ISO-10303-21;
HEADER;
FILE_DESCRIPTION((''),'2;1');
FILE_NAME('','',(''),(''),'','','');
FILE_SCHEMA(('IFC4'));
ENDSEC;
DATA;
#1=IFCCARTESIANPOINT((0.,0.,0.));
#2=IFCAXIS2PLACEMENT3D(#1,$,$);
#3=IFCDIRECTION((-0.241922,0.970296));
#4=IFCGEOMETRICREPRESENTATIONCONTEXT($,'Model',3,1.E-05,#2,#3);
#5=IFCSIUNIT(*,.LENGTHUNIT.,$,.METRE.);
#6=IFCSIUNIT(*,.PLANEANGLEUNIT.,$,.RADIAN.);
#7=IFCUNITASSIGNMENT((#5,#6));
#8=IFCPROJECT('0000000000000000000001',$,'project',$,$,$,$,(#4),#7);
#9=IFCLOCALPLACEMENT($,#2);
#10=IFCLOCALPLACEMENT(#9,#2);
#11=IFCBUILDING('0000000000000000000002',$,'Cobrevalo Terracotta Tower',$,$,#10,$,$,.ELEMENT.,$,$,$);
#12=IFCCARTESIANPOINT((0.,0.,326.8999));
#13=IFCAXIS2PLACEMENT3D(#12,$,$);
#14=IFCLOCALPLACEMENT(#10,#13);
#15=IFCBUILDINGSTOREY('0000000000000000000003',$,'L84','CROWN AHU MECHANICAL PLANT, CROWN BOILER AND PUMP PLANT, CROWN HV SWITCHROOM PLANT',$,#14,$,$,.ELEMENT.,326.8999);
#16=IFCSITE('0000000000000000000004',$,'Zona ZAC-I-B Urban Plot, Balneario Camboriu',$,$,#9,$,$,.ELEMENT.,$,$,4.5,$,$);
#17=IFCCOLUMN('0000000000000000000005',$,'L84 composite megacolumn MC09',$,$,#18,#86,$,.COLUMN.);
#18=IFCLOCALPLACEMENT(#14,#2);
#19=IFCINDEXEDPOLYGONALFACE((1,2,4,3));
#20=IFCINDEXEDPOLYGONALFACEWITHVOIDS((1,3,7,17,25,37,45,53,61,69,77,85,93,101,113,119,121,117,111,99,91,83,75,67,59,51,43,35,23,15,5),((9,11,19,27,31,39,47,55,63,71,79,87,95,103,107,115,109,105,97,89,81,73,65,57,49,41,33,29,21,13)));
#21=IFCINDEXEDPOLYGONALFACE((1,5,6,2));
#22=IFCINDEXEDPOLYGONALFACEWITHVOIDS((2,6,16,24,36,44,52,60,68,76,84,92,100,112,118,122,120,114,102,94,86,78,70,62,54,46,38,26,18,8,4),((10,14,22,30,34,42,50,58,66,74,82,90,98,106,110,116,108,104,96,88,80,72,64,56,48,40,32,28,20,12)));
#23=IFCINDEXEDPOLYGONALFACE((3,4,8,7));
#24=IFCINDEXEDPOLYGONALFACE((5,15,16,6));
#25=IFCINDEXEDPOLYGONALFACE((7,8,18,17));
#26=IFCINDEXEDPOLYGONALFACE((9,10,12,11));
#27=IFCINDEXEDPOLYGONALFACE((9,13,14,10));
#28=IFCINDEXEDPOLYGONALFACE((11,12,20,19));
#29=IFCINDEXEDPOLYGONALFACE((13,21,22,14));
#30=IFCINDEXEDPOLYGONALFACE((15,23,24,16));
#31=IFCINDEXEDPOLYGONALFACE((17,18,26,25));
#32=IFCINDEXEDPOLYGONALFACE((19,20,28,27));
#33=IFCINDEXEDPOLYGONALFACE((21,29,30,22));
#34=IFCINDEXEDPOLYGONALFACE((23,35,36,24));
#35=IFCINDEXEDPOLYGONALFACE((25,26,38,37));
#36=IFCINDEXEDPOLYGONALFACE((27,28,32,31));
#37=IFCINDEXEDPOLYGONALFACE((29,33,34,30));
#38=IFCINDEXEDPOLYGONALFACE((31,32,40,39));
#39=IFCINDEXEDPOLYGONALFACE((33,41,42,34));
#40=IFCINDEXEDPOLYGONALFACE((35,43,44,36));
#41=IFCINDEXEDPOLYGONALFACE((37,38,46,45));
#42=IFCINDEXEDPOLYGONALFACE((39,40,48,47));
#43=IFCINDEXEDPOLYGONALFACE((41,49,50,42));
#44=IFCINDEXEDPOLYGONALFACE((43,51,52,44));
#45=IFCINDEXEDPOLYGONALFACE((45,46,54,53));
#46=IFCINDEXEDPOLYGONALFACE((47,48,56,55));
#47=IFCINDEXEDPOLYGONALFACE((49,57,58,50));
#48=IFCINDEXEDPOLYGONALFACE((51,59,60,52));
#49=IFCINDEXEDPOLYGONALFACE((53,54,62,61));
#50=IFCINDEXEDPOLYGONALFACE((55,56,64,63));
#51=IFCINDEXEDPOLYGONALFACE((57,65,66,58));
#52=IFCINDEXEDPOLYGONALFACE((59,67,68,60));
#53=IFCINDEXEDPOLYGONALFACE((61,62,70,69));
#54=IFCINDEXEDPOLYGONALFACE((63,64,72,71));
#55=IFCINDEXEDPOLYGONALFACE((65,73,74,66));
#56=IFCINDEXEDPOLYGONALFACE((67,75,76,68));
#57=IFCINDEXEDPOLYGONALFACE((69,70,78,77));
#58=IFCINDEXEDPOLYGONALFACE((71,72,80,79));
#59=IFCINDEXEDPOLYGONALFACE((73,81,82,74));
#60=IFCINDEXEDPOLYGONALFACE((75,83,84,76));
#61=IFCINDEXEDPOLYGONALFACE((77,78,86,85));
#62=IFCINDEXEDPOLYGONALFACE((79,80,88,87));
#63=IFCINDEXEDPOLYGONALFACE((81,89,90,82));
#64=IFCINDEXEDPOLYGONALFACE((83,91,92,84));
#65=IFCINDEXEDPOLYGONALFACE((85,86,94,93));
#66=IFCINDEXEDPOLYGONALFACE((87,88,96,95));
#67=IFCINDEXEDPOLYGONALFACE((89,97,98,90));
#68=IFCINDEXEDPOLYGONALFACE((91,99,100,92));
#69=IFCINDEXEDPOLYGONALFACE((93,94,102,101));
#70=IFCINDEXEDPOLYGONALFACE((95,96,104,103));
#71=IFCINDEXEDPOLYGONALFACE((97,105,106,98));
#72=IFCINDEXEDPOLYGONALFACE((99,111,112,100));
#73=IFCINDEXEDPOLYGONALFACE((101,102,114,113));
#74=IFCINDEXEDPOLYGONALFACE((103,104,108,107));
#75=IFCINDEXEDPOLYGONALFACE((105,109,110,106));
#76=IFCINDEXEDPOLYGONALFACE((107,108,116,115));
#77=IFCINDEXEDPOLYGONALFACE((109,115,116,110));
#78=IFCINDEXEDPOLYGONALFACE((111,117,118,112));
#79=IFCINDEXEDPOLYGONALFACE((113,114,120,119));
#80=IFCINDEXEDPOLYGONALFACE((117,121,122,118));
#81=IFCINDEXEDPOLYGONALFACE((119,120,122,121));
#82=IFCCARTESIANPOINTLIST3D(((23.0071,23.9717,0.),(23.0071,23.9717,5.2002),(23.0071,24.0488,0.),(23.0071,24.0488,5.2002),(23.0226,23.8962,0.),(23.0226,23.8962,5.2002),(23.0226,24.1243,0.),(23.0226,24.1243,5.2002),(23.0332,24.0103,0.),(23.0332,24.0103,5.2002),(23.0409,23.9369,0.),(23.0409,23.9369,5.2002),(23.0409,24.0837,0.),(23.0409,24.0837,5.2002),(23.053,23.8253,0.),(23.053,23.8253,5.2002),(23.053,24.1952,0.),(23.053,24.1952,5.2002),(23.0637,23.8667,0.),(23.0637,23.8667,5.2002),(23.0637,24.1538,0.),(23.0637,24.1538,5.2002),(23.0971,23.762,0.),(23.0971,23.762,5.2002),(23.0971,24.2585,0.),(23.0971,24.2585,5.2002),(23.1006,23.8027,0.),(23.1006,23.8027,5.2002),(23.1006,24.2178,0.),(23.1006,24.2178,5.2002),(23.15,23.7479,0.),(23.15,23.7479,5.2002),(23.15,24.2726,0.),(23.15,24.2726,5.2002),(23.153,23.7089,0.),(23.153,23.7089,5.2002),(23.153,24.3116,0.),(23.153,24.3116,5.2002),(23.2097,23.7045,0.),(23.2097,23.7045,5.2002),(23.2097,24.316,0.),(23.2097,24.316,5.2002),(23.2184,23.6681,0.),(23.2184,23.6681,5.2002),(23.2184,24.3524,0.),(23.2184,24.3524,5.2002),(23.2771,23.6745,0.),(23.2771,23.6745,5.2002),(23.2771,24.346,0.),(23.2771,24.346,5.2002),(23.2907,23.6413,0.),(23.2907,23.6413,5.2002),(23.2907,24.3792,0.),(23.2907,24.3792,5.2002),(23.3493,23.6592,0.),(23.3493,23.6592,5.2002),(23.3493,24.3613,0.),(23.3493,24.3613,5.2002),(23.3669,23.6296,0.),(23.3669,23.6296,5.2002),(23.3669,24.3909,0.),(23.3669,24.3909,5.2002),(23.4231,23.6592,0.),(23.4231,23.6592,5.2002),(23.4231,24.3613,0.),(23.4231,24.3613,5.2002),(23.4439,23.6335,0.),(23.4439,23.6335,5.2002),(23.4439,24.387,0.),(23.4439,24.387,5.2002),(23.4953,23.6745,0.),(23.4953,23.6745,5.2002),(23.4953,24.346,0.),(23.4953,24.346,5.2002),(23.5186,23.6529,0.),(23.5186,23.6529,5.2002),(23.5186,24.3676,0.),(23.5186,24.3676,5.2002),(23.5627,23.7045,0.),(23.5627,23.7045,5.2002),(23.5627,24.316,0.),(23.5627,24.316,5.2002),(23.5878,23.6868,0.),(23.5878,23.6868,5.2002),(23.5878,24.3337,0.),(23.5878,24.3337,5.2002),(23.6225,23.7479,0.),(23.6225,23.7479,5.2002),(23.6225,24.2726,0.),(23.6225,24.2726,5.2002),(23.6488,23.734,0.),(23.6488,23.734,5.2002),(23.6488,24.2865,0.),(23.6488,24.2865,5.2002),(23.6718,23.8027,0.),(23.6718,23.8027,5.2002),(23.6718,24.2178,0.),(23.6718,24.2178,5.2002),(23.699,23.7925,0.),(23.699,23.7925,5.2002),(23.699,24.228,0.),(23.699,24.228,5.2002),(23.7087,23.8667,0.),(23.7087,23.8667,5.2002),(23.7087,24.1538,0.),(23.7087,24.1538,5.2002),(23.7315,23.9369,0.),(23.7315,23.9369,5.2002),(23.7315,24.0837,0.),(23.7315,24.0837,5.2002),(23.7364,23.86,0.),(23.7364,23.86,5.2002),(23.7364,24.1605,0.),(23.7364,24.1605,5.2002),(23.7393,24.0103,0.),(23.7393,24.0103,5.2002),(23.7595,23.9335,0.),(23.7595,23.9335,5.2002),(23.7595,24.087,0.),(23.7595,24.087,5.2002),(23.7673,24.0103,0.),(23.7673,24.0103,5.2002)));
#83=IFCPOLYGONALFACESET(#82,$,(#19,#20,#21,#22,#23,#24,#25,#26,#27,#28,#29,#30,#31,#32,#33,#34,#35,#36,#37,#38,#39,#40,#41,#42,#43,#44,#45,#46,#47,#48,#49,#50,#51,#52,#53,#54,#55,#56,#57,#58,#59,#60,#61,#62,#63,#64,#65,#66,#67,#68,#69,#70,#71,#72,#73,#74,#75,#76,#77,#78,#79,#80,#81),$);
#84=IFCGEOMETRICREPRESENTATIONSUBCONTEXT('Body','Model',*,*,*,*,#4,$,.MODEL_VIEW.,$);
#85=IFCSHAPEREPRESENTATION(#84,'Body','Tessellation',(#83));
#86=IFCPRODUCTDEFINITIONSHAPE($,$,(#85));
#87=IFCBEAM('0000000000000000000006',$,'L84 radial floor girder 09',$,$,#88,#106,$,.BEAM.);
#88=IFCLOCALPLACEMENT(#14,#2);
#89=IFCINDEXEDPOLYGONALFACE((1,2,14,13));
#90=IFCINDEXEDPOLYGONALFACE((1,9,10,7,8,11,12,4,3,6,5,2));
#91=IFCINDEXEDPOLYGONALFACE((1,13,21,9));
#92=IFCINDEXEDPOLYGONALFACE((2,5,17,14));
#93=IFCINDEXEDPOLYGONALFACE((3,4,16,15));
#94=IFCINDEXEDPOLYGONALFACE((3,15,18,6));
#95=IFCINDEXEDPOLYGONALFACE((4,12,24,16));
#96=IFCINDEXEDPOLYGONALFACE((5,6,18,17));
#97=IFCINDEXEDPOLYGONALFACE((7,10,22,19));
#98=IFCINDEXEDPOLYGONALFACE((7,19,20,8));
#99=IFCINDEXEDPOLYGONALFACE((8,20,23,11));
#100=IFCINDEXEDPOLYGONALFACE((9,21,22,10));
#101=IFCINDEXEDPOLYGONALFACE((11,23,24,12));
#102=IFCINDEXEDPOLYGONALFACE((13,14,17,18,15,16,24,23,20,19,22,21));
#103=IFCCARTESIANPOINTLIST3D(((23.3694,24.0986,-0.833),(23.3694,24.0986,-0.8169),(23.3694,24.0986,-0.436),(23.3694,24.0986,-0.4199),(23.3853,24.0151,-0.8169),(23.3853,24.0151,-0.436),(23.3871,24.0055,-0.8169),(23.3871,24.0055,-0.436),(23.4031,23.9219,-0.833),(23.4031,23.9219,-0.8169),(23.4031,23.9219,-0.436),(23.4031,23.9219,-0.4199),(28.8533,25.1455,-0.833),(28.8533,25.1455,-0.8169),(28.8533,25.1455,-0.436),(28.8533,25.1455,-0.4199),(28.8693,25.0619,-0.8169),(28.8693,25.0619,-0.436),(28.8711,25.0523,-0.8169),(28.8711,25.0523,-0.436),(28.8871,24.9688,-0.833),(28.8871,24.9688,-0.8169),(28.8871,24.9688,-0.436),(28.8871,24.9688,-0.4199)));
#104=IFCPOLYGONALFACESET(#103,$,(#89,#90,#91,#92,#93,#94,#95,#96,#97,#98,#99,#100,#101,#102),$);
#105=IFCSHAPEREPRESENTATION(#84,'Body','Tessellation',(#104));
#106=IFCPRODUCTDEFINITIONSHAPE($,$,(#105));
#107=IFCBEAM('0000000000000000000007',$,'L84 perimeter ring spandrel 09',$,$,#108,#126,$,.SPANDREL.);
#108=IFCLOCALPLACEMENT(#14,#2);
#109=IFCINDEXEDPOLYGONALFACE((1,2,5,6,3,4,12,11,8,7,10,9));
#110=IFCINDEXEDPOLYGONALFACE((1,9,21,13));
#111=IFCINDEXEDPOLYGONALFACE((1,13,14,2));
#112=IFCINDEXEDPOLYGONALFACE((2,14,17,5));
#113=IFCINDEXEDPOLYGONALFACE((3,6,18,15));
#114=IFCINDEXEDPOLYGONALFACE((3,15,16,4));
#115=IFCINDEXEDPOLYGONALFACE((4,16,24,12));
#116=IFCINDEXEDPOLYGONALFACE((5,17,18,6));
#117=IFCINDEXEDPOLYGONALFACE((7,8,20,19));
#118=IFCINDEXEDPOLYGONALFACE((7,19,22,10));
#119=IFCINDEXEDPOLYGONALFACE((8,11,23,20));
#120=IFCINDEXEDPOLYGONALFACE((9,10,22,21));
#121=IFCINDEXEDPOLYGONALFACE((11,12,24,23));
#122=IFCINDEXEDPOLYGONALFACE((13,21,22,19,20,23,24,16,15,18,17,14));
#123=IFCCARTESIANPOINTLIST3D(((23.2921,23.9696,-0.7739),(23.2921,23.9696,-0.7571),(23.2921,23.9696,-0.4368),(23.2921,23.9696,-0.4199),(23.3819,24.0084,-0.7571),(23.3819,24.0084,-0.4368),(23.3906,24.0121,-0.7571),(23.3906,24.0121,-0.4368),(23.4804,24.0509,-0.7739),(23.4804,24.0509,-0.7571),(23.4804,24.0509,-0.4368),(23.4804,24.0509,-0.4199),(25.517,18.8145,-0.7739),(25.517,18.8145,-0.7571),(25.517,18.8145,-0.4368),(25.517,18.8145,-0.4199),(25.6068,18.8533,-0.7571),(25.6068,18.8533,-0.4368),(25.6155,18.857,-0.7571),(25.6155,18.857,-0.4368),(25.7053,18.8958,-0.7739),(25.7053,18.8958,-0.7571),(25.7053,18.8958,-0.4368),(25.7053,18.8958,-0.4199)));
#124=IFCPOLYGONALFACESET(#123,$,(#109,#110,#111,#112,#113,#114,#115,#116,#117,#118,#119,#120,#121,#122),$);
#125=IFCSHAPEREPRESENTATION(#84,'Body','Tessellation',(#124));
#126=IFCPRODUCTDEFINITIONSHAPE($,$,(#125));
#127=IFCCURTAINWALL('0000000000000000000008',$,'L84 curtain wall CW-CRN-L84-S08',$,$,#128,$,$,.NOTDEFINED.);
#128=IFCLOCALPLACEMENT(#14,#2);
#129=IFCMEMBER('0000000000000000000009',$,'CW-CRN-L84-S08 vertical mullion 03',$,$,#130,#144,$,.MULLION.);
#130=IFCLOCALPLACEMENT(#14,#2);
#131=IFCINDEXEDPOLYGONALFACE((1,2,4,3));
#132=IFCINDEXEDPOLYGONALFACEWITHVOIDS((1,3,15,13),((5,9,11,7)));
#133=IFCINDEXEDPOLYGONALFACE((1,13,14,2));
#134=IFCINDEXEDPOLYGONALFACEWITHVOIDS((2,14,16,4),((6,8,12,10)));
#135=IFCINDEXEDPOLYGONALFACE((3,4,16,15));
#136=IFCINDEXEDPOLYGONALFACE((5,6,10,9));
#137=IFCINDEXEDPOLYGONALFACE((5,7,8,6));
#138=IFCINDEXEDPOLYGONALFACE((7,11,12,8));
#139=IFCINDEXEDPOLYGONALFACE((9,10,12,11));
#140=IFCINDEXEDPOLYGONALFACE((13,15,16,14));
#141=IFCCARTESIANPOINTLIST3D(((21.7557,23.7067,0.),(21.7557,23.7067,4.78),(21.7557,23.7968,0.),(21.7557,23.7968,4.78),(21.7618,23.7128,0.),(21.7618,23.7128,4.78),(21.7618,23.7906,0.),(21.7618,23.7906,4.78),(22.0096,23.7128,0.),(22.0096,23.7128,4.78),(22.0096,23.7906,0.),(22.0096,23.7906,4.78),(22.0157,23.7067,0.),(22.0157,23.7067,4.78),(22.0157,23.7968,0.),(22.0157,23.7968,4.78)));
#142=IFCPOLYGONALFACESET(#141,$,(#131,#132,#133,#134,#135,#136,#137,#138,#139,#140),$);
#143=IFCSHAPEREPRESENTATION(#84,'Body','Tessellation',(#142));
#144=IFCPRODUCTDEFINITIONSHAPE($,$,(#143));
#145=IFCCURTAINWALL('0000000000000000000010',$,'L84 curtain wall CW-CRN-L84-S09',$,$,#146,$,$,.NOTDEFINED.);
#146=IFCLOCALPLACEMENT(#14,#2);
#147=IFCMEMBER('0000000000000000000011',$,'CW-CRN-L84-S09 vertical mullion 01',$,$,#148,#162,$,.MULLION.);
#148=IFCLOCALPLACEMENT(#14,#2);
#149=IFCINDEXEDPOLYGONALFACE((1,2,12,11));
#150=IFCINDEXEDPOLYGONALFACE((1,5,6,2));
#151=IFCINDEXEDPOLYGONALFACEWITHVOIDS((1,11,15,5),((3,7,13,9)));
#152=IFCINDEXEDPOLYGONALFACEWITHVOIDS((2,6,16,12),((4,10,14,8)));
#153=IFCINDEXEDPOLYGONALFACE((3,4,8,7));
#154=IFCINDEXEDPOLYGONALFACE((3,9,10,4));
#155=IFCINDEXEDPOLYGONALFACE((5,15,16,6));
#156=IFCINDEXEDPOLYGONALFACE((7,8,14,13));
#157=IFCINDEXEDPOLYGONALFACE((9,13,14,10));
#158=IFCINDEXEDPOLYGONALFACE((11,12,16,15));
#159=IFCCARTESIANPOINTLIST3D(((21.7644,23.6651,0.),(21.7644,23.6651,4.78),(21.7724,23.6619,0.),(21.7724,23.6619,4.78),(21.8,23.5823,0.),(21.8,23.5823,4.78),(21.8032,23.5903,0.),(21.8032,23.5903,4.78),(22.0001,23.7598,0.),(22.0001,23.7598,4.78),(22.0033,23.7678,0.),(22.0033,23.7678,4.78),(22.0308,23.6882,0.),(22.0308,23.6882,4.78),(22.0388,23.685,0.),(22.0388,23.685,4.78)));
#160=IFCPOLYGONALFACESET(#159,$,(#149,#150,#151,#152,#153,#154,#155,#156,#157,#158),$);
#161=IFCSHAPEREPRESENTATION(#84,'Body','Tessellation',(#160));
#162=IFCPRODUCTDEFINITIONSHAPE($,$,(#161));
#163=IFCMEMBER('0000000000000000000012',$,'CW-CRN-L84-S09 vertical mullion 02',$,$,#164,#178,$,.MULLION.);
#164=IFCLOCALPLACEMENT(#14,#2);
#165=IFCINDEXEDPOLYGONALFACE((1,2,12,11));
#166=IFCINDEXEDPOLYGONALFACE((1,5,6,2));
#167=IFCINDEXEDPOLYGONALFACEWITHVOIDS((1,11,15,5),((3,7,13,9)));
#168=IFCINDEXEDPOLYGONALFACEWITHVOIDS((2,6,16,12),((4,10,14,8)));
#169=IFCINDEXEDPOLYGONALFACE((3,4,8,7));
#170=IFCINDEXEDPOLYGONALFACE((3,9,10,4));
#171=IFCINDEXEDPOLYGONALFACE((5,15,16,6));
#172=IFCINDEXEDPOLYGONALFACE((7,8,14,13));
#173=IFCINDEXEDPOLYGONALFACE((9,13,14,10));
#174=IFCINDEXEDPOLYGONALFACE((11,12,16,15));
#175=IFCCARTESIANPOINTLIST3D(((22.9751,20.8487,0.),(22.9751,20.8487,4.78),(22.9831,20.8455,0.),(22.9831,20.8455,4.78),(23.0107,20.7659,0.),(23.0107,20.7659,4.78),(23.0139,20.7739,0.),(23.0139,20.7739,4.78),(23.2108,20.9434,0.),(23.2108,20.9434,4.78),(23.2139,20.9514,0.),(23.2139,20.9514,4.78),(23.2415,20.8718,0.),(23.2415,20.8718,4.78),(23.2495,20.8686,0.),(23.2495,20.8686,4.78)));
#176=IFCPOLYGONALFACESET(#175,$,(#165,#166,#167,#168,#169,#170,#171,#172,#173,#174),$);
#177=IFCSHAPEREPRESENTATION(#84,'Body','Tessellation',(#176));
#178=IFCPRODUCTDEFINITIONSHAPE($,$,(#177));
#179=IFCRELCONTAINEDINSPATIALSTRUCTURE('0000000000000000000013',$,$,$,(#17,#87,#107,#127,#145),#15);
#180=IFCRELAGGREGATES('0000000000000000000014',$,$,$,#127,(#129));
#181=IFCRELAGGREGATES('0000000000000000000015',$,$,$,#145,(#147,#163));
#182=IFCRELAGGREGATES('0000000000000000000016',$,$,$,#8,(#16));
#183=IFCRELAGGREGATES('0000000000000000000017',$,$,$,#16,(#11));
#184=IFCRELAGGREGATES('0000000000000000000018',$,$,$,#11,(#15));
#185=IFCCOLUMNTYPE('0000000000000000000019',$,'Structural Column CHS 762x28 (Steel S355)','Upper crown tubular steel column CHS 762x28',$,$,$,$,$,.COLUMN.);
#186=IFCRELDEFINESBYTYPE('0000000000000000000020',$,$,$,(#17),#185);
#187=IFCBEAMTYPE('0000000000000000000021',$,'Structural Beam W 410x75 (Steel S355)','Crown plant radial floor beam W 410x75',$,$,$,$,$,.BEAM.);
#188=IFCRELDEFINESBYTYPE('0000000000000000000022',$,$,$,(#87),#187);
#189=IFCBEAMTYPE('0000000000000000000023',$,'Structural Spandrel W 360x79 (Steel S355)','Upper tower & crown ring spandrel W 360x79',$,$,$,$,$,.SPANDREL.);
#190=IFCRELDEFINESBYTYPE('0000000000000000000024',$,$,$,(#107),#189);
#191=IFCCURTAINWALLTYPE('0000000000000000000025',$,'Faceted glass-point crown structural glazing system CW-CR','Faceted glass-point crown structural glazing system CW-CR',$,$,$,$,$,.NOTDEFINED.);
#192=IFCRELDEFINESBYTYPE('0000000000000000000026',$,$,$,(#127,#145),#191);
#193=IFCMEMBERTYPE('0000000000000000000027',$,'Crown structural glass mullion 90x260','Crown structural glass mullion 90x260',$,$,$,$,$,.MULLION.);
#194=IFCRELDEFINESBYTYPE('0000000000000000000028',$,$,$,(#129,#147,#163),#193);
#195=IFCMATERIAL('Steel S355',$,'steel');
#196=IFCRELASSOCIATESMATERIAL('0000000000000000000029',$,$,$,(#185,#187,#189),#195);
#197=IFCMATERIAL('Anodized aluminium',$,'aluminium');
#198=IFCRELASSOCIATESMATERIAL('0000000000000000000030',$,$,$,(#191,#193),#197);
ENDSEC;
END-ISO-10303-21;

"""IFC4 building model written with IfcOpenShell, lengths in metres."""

from ifc_helpers import new_model, si_unit, direction, frame, origin, origin_2d, place, context, subcontext, project, spatial, hollow_rectangle, hollow_circle, i_section, extrude, source, transform, mapped, material, material_profile, profile_set, type_object, element, aggregate, save


model = new_model("IFC4")

# Units and contexts
model_context = context("Model", 3, precision=1e-05, world=origin(), true_north=direction((-0.241922, 0.970296)))
body_context = subcontext(model_context, "Body", "Model", "MODEL_VIEW")
ifc_project = project(units=[si_unit("LENGTHUNIT", "METRE"), si_unit("PLANEANGLEUNIT", "RADIAN")], contexts=[model_context])

# Site, building, storey
site_placement = place(None, origin())
site = spatial("IfcSite", under=ifc_project, at=site_placement, Name="Zona ZAC-I-B Urban Plot, Balneario Camboriu", CompositionType="ELEMENT", RefElevation=4.5)
building_placement = place(site_placement, origin())
building = spatial("IfcBuilding", under=site, at=building_placement, Name="Cobrevalo Terracotta Tower", CompositionType="ELEMENT")
storey_placement = place(building_placement, frame((0.0, 0.0, 326.8999)))
storey = spatial("IfcBuildingStorey", under=building, at=storey_placement, Name="L84", Description="CROWN AHU MECHANICAL PLANT, CROWN BOILER AND PUMP PLANT, CROWN HV SWITCHROOM PLANT", CompositionType="ELEMENT", Elevation=326.8999)

# Column
ifc_material_1 = material(Name="Steel S355", Category="steel")
ifc_material_profile_1 = material_profile(ifc_material_1, hollow_circle(Radius=0.3811, WallThickness=0.0281, at=origin_2d()), Name="CHS 762x28")
ifc_profile_set_1 = profile_set([ifc_material_profile_1], Name="Steel S355")
column_type = type_object("IfcColumnType", Name="Structural Column CHS 762x28 (Steel S355)", Description="Upper crown tubular steel column CHS 762x28", PredefinedType="COLUMN", material=ifc_profile_set_1)
column_placement = place(storey_placement, frame((23.3862, 24.0103, 0.0), z_axis=(0.0, 0.0, 1.0), x_axis=(1.0, 0.0, 0.0)))
element("IfcColumn", 1, at=column_placement, inside=storey, type_object=column_type, Name="L84 composite megacolumn MC09", PredefinedType="COLUMN", context=body_context, shape_type="SweptSolid", body=[
    extrude(hollow_circle(Radius=0.3811, WallThickness=0.0281, at=origin_2d()), origin(), (0.0, 0.0, 1.0), 5.2002),
])

# Beams
ifc_material_profile_2 = material_profile(ifc_material_1, i_section(OverallWidth=0.1799, OverallDepth=0.4131, WebThickness=0.0098, FlangeThickness=0.0161, at=origin_2d()), Name="W 410x75")
ifc_profile_set_2 = profile_set([ifc_material_profile_2], Name="Steel S355")
beam_type_1 = type_object("IfcBeamType", Name="Structural Beam W 410x75 (Steel S355)", Description="Crown plant radial floor beam W 410x75", PredefinedType="BEAM", material=ifc_profile_set_2)
beam_1_placement = place(storey_placement, frame((23.3862, 24.0103, -0.6265), z_axis=(0.982262, 0.187514, 0.0), x_axis=(-0.187514, 0.982262, 0.0)))
element("IfcBeam", 2, at=beam_1_placement, inside=storey, type_object=beam_type_1, Name="L84 radial floor girder 09", PredefinedType="BEAM", context=body_context, shape_type="SweptSolid", body=[
    extrude(i_section(OverallWidth=0.1799, OverallDepth=0.4131, WebThickness=0.0098, FlangeThickness=0.0161, at=origin_2d()), origin(), (0.0, 0.0, 1.0), 5.583),
])
ifc_material_profile_3 = material_profile(ifc_material_1, i_section(OverallWidth=0.2051, OverallDepth=0.354, WebThickness=0.0095, FlangeThickness=0.0168, at=origin_2d()), Name="W 360x79")
ifc_profile_set_3 = profile_set([ifc_material_profile_3], Name="Steel S355")
beam_type_2 = type_object("IfcBeamType", Name="Structural Spandrel W 360x79 (Steel S355)", Description="Upper tower & crown ring spandrel W 360x79", PredefinedType="SPANDREL", material=ifc_profile_set_3)
beam_2_placement = place(storey_placement, frame((23.3862, 24.0103, -0.5969), z_axis=(0.396259, -0.918139, 0.0), x_axis=(0.918139, 0.396259, 0.0)))
element("IfcBeam", 3, at=beam_2_placement, inside=storey, type_object=beam_type_2, Name="L84 perimeter ring spandrel 09", PredefinedType="SPANDREL", context=body_context, shape_type="SweptSolid", body=[
    extrude(i_section(OverallWidth=0.2051, OverallDepth=0.354, WebThickness=0.0095, FlangeThickness=0.0168, at=origin_2d()), origin(), (0.0, 0.0, 1.0), 5.6147),
])

# Curtain wall, member
ifc_material_2 = material(Name="Anodized aluminium", Category="aluminium")
curtain_wall_type = type_object("IfcCurtainWallType", Name="Faceted glass-point crown structural glazing system CW-CR", Description="Faceted glass-point crown structural glazing system CW-CR", PredefinedType="NOTDEFINED", material=ifc_material_2)
curtain_wall_1_placement = place(storey_placement, origin())
curtain_wall_1 = element("IfcCurtainWall", 4, at=curtain_wall_1_placement, inside=storey, type_object=curtain_wall_type, Name="L84 curtain wall CW-CRN-L84-S08", PredefinedType="NOTDEFINED")
ifc_material_profile_4 = material_profile(ifc_material_2, hollow_rectangle(XDim=0.0901, YDim=0.26, WallThickness=0.0061, at=origin_2d()), Name="CWM 90x260")
ifc_profile_set_4 = profile_set([ifc_material_profile_4], Name="Anodized aluminium")
member_type_1 = type_object("IfcMemberType", Name="Crown structural glass mullion 90x260", Description="Crown structural glass mullion 90x260", PredefinedType="MULLION", material=ifc_profile_set_4)
shared_shape_1 = source(origin(), body_context, "Body", "SweptSolid", [
    extrude(hollow_rectangle(XDim=0.0901, YDim=0.26, WallThickness=0.0061, at=origin_2d()), origin(), (0.0, 0.0, 1.0), 4.78),
])
member_1_placement = place(storey_placement, frame((21.8857, 23.7517, 0.0), z_axis=(0.0, 0.0, 1.0), x_axis=(0.0, -1.0, 0.0)))
member_1 = element("IfcMember", 5, at=member_1_placement, type_object=member_type_1, Name="CW-CRN-L84-S08 vertical mullion 03", PredefinedType="MULLION", context=body_context, shape_type="MappedRepresentation", body=[
    mapped(shared_shape_1, transform((0.0, 0.0, 0.0), scale=1.0)),
])
aggregate(curtain_wall_1, [member_1])

# Curtain wall, members
curtain_wall_2_placement = place(storey_placement, origin())
curtain_wall_2 = element("IfcCurtainWall", 6, at=curtain_wall_2_placement, inside=storey, type_object=curtain_wall_type, Name="L84 curtain wall CW-CRN-L84-S09", PredefinedType="NOTDEFINED")
member_2_placement = place(storey_placement, frame((21.9016, 23.675, 0.0), z_axis=(0.0, 0.0, 1.0), x_axis=(0.394968, -0.918695, 0.0)))
member_2 = element("IfcMember", 7, at=member_2_placement, type_object=member_type_1, Name="CW-CRN-L84-S09 vertical mullion 01", PredefinedType="MULLION", context=body_context, shape_type="MappedRepresentation", body=[
    mapped(shared_shape_1, transform((0.0, 0.0, 0.0), scale=1.0)),
])
member_3_placement = place(storey_placement, frame((23.1123, 20.8586, 0.0), z_axis=(0.0, 0.0, 1.0), x_axis=(0.394968, -0.918695, 0.0)))
member_3 = element("IfcMember", 8, at=member_3_placement, type_object=member_type_1, Name="CW-CRN-L84-S09 vertical mullion 02", PredefinedType="MULLION", context=body_context, shape_type="MappedRepresentation", body=[
    mapped(shared_shape_1, transform((0.0, 0.0, 0.0), scale=1.0)),
])

aggregate(curtain_wall_2, [member_2, member_3])

save(model, "model.ifc")
